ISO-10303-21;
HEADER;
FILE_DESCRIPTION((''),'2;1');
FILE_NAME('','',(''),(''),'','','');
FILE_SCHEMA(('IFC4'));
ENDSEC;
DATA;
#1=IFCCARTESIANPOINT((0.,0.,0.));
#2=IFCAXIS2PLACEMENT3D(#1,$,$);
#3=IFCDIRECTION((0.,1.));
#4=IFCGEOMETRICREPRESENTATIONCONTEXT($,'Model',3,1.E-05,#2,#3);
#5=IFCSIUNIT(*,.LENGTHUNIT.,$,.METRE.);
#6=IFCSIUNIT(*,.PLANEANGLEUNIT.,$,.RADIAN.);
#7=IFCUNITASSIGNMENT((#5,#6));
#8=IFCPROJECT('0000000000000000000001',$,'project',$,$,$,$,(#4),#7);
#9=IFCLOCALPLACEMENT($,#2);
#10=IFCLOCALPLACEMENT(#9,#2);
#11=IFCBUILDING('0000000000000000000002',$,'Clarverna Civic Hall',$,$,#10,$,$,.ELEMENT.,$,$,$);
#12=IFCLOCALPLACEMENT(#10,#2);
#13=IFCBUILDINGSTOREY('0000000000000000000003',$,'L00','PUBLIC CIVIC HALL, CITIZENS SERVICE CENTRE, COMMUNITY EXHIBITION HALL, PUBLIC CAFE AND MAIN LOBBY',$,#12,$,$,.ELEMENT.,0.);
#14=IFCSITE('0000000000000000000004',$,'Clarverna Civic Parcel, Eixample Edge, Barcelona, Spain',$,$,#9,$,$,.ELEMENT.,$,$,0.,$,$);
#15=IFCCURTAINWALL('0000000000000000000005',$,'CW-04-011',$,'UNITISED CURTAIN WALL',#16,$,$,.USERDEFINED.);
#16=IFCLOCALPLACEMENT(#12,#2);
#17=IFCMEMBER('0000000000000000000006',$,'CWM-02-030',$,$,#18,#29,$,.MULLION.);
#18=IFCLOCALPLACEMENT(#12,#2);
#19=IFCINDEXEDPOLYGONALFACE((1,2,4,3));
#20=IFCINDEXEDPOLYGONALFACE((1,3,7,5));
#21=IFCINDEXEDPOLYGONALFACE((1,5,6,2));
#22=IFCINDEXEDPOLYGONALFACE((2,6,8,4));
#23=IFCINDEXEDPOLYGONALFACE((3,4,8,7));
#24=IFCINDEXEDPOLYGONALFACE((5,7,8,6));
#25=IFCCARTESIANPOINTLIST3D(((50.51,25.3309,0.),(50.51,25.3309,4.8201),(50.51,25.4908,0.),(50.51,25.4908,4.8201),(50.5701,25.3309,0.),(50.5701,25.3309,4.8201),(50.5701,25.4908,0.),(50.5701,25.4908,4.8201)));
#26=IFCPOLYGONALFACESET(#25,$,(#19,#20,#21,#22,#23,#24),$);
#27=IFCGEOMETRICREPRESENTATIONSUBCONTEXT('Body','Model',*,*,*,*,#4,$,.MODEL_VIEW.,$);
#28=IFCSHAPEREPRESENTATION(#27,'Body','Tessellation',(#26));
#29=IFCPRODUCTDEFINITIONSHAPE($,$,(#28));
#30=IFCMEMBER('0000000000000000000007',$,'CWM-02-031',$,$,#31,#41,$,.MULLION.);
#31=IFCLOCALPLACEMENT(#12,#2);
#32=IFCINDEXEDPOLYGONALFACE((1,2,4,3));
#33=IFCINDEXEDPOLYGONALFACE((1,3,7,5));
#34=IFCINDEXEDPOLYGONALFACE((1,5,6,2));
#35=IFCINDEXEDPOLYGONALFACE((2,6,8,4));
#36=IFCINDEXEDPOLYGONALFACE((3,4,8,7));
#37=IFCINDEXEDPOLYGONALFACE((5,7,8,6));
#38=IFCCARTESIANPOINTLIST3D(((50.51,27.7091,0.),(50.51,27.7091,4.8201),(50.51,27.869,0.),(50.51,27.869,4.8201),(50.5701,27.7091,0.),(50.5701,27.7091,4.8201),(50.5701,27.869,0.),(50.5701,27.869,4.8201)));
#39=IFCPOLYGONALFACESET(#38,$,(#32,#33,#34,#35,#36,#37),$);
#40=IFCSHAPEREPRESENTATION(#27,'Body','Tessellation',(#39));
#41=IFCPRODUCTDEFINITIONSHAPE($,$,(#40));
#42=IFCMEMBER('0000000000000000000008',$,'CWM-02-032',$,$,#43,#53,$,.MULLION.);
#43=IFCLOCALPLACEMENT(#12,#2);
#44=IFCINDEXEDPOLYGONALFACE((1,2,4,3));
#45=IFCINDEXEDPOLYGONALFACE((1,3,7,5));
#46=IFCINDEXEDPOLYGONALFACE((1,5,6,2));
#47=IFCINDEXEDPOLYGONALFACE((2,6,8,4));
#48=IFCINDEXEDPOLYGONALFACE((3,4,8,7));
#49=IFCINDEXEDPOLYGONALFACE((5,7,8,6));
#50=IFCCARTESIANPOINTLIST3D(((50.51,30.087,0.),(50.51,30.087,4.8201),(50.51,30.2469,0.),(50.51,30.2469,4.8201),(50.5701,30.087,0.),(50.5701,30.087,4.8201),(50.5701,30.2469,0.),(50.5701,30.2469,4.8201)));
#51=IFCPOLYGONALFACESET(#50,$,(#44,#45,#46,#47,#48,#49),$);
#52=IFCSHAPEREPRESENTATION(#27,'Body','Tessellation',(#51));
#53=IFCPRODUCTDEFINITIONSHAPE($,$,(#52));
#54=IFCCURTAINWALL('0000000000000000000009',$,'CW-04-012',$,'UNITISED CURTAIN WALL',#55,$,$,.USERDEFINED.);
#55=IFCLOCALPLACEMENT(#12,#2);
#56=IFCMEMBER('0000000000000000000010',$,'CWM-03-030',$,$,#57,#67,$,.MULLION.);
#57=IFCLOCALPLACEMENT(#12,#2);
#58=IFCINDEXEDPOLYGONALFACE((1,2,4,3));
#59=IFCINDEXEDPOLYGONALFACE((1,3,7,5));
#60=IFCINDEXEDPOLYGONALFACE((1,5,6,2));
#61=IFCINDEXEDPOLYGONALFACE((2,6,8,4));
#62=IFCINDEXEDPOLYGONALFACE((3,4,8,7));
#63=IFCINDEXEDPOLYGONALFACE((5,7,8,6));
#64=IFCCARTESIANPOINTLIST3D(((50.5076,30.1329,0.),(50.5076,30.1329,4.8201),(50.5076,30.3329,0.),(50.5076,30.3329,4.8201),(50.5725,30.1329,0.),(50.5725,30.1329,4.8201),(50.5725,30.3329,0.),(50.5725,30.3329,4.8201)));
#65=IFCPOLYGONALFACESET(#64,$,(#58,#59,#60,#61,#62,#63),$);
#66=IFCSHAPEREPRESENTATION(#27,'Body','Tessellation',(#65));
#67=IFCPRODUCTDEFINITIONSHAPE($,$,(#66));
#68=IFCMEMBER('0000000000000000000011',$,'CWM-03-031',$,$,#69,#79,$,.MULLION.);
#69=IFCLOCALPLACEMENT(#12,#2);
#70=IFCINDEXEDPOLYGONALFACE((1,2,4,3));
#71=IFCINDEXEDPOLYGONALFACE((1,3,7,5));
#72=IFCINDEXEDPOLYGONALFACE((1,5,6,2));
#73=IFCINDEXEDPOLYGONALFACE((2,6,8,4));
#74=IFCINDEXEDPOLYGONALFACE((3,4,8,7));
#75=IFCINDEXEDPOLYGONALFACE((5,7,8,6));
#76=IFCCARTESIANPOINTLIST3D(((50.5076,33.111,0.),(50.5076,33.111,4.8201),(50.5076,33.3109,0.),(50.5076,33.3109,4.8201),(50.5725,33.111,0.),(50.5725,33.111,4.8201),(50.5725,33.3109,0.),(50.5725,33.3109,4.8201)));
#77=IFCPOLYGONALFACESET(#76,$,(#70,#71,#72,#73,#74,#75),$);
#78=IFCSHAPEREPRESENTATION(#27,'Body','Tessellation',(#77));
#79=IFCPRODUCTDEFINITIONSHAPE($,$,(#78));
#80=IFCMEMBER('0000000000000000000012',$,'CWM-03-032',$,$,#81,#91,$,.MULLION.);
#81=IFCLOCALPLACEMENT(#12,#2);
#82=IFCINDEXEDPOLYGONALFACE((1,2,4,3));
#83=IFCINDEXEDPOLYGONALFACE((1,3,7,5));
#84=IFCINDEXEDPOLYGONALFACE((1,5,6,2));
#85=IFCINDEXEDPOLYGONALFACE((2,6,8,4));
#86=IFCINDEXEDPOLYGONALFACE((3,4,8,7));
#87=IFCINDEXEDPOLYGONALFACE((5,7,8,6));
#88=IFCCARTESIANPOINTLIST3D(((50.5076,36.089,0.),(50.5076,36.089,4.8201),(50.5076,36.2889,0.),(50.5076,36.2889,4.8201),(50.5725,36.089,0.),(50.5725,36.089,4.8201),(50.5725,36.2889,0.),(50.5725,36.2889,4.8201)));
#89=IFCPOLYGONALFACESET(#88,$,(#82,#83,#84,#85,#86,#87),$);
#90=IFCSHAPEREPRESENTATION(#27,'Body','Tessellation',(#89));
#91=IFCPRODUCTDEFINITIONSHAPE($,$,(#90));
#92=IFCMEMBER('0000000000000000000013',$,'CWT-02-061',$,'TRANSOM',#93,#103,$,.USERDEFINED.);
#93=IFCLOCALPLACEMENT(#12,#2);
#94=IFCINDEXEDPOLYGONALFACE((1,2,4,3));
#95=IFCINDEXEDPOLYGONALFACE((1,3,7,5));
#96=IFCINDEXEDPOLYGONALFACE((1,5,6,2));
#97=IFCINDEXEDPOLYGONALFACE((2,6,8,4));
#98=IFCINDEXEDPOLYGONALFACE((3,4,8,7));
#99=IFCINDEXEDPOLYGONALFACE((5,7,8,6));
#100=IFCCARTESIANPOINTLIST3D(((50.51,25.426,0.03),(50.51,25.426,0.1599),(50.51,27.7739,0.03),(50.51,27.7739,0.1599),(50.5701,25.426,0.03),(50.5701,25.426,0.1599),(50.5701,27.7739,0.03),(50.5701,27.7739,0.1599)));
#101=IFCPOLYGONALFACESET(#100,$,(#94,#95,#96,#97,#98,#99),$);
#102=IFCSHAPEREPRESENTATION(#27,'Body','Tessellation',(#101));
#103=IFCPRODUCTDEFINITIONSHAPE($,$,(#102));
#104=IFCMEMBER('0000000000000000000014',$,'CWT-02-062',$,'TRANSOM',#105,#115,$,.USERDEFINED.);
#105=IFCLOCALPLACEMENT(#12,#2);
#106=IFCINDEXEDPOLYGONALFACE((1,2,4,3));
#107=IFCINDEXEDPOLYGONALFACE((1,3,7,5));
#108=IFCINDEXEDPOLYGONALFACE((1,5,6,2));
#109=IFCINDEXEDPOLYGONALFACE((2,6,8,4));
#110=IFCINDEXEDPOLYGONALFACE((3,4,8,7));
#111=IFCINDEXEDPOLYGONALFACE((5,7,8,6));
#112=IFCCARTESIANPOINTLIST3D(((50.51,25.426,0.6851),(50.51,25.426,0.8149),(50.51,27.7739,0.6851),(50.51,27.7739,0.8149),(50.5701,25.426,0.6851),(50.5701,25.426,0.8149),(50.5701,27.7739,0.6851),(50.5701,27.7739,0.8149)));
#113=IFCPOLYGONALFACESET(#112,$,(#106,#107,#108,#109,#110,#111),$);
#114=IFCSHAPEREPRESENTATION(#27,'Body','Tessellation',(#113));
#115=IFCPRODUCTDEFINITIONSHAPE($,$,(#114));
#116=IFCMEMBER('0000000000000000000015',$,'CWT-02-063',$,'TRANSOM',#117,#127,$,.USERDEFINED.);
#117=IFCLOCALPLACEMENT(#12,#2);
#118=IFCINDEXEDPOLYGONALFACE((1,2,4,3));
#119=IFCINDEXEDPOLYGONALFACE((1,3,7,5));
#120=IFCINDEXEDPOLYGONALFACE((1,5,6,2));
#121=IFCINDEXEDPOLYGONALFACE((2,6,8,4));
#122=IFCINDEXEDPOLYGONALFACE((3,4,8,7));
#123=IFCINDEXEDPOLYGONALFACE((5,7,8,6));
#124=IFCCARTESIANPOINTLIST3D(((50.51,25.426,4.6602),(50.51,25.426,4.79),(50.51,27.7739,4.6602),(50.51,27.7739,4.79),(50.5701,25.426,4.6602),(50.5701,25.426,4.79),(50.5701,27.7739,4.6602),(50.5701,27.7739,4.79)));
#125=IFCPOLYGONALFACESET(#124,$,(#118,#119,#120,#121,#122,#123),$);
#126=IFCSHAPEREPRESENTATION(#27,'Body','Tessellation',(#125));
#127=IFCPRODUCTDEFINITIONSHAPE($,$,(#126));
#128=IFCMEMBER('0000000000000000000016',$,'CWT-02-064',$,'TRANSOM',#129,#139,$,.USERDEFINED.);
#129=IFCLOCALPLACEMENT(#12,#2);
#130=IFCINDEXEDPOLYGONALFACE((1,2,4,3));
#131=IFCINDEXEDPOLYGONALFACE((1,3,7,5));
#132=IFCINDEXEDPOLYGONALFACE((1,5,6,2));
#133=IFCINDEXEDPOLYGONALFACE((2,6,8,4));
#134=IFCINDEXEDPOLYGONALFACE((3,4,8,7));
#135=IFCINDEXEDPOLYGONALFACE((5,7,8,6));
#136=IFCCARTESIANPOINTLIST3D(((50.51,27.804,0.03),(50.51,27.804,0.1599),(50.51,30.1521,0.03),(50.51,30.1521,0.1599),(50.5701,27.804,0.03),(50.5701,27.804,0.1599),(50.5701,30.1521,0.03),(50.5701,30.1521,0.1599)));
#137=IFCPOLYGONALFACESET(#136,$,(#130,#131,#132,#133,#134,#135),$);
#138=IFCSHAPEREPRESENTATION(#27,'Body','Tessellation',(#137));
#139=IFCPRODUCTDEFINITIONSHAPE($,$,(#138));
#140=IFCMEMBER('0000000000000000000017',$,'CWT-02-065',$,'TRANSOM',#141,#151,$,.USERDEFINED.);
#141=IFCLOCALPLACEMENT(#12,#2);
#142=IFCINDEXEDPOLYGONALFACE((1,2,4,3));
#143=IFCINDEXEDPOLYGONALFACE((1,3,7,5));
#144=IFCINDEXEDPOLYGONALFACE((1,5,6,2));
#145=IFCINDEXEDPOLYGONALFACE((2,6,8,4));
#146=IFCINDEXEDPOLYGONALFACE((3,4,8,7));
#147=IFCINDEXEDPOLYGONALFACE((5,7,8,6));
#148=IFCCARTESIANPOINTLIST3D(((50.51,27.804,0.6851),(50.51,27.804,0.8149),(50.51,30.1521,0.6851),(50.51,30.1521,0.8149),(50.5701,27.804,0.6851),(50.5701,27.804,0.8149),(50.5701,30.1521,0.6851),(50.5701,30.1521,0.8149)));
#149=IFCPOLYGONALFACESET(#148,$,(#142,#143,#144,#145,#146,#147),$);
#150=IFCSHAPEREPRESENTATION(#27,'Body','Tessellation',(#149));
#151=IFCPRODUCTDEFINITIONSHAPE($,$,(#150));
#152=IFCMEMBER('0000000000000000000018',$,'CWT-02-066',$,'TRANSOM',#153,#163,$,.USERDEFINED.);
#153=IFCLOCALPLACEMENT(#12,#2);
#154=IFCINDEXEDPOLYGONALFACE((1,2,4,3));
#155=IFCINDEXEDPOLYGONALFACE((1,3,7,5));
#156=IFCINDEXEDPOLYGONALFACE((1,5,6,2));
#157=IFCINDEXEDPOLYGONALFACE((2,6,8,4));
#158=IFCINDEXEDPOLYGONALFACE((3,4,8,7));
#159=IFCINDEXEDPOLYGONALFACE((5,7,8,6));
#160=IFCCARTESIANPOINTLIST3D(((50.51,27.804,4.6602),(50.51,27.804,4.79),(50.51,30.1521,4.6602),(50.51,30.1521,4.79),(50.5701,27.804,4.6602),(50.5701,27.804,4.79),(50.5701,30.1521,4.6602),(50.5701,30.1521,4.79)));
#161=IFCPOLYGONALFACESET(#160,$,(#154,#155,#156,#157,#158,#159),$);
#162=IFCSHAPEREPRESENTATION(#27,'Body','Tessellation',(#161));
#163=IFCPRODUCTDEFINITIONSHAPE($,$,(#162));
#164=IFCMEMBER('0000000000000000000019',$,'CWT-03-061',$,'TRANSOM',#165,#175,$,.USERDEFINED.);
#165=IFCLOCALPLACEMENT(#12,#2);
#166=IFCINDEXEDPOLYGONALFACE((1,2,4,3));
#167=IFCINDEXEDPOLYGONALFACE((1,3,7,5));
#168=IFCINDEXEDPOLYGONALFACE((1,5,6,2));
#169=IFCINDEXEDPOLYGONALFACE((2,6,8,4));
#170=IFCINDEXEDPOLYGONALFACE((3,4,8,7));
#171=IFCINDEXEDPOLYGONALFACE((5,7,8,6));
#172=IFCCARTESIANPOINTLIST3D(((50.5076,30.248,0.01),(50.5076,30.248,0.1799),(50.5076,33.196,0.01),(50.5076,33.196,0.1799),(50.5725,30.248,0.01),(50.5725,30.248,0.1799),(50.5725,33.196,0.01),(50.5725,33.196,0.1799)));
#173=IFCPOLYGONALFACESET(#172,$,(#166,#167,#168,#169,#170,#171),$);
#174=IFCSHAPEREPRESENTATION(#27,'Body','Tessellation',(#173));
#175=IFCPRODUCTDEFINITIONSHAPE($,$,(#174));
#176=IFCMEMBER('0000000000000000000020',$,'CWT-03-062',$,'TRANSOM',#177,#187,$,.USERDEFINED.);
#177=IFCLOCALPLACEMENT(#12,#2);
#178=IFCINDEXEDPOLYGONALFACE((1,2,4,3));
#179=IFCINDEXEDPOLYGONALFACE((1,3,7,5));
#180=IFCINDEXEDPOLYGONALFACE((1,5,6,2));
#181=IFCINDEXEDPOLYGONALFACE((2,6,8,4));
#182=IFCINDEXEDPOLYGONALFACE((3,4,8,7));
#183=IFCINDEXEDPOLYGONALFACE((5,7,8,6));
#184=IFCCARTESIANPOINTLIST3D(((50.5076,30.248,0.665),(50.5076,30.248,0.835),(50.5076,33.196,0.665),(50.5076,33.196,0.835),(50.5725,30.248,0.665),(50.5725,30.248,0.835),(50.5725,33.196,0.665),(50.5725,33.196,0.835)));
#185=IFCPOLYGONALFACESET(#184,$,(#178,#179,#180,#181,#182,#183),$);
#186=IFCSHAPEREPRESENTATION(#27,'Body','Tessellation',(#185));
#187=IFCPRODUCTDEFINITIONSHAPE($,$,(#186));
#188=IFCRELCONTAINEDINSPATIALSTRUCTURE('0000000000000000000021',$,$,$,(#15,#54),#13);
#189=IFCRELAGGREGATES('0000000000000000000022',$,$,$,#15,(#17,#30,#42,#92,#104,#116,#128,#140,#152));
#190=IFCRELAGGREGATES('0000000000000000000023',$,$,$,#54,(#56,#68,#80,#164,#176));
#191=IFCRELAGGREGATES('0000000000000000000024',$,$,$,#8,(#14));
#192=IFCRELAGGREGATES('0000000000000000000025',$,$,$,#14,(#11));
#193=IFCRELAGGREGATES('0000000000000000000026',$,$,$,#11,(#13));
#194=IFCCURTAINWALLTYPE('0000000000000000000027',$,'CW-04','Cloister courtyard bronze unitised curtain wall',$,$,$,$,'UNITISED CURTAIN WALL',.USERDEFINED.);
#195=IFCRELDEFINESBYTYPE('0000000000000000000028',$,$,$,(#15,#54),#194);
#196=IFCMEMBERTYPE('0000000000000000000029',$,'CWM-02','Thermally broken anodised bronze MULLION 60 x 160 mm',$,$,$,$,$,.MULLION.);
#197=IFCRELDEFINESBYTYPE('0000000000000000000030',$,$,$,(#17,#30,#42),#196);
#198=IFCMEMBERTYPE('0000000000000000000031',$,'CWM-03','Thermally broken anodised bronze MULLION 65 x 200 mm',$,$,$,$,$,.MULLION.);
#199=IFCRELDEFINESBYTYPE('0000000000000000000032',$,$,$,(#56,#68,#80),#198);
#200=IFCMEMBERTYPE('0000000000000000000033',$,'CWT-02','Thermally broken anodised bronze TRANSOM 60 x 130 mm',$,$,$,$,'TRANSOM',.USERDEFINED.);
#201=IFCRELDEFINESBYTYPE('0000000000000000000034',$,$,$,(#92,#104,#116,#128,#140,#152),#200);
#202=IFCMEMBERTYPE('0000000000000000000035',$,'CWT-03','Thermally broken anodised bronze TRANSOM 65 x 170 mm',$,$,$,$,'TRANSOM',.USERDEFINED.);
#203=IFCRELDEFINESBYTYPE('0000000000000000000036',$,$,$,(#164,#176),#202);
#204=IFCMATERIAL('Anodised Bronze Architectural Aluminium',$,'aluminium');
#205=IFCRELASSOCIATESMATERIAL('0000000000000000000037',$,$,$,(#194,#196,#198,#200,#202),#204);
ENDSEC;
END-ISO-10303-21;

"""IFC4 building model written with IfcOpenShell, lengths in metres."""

from ifc_helpers import new_model, si_unit, direction, frame, origin, origin_2d, place, context, subcontext, project, spatial, rectangle, extrude, material, material_profile, profile_set, type_object, element, aggregate, save


model = new_model("IFC4")

# Units and contexts
model_context = context("Model", 3, precision=1e-05, world=origin(), true_north=direction((0.0, 1.0)))
body_context = subcontext(model_context, "Body", "Model", "MODEL_VIEW")
ifc_project = project(units=[si_unit("LENGTHUNIT", "METRE"), si_unit("PLANEANGLEUNIT", "RADIAN")], contexts=[model_context])

# Site, building, storey
site_placement = place(None, origin())
site = spatial("IfcSite", under=ifc_project, at=site_placement, Name="Clarverna Civic Parcel, Eixample Edge, Barcelona, Spain", CompositionType="ELEMENT", RefElevation=0.0)
building_placement = place(site_placement, origin())
building = spatial("IfcBuilding", under=site, at=building_placement, Name="Clarverna Civic Hall", CompositionType="ELEMENT")
storey_placement = place(building_placement, origin())
storey = spatial("IfcBuildingStorey", under=building, at=storey_placement, Name="L00", Description="PUBLIC CIVIC HALL, CITIZENS SERVICE CENTRE, COMMUNITY EXHIBITION HALL, PUBLIC CAFE AND MAIN LOBBY", CompositionType="ELEMENT", Elevation=0.0)

# Curtain walls, members
ifc_material_1 = material(Name="Anodised Bronze Architectural Aluminium", Category="aluminium")
curtain_wall_type = type_object("IfcCurtainWallType", Name="CW-04", Description="Cloister courtyard bronze unitised curtain wall", ElementType="UNITISED CURTAIN WALL", PredefinedType="USERDEFINED", material=ifc_material_1)
curtain_wall_1_placement = place(storey_placement, origin())
curtain_wall_1 = element("IfcCurtainWall", 1, at=curtain_wall_1_placement, inside=storey, type_object=curtain_wall_type, Name="CW-04-011", ObjectType="UNITISED CURTAIN WALL", PredefinedType="USERDEFINED")
ifc_material_profile_1 = material_profile(ifc_material_1, rectangle(XDim=0.0601, YDim=0.1599, at=origin_2d()), Name="BRONZE 60x160")
ifc_profile_set_1 = profile_set([ifc_material_profile_1], Name="Anodised Bronze Architectural Aluminium")
member_type_1 = type_object("IfcMemberType", Name="CWM-02", Description="Thermally broken anodised bronze MULLION 60 x 160 mm", PredefinedType="MULLION", material=ifc_profile_set_1)
member_1_placement = place(storey_placement, frame((50.54, 25.4109, 0.0), z_axis=(0.0, 0.0, 1.0), x_axis=(1.0, 0.0, 0.0)))
member_1 = element("IfcMember", 2, at=member_1_placement, type_object=member_type_1, Name="CWM-02-030", PredefinedType="MULLION", context=body_context, shape_type="SweptSolid", body=[
    extrude(rectangle(XDim=0.0601, YDim=0.1599, at=origin_2d()), origin(), (0.0, 0.0, 1.0), 4.8201),
])
member_2_placement = place(storey_placement, frame((50.54, 27.7891, 0.0), z_axis=(0.0, 0.0, 1.0), x_axis=(1.0, 0.0, 0.0)))
member_2 = element("IfcMember", 3, at=member_2_placement, type_object=member_type_1, Name="CWM-02-031", PredefinedType="MULLION", context=body_context, shape_type="SweptSolid", body=[
    extrude(rectangle(XDim=0.0601, YDim=0.1599, at=origin_2d()), origin(), (0.0, 0.0, 1.0), 4.8201),
])
member_3_placement = place(storey_placement, frame((50.54, 30.167, 0.0), z_axis=(0.0, 0.0, 1.0), x_axis=(1.0, 0.0, 0.0)))
member_3 = element("IfcMember", 4, at=member_3_placement, type_object=member_type_1, Name="CWM-02-032", PredefinedType="MULLION", context=body_context, shape_type="SweptSolid", body=[
    extrude(rectangle(XDim=0.0601, YDim=0.1599, at=origin_2d()), origin(), (0.0, 0.0, 1.0), 4.8201),
])
curtain_wall_2_placement = place(storey_placement, origin())
curtain_wall_2 = element("IfcCurtainWall", 5, at=curtain_wall_2_placement, inside=storey, type_object=curtain_wall_type, Name="CW-04-012", ObjectType="UNITISED CURTAIN WALL", PredefinedType="USERDEFINED")
ifc_material_profile_2 = material_profile(ifc_material_1, rectangle(XDim=0.0649, YDim=0.2, at=origin_2d()), Name="BRONZE 65x200")
ifc_profile_set_2 = profile_set([ifc_material_profile_2], Name="Anodised Bronze Architectural Aluminium")
member_type_2 = type_object("IfcMemberType", Name="CWM-03", Description="Thermally broken anodised bronze MULLION 65 x 200 mm", PredefinedType="MULLION", material=ifc_profile_set_2)
member_4_placement = place(storey_placement, frame((50.54, 30.2329, 0.0), z_axis=(0.0, 0.0, 1.0), x_axis=(1.0, 0.0, 0.0)))
member_4 = element("IfcMember", 6, at=member_4_placement, type_object=member_type_2, Name="CWM-03-030", PredefinedType="MULLION", context=body_context, shape_type="SweptSolid", body=[
    extrude(rectangle(XDim=0.0649, YDim=0.2, at=origin_2d()), origin(), (0.0, 0.0, 1.0), 4.8201),
])
member_5_placement = place(storey_placement, frame((50.54, 33.2109, 0.0), z_axis=(0.0, 0.0, 1.0), x_axis=(1.0, 0.0, 0.0)))
member_5 = element("IfcMember", 7, at=member_5_placement, type_object=member_type_2, Name="CWM-03-031", PredefinedType="MULLION", context=body_context, shape_type="SweptSolid", body=[
    extrude(rectangle(XDim=0.0649, YDim=0.2, at=origin_2d()), origin(), (0.0, 0.0, 1.0), 4.8201),
])
member_6_placement = place(storey_placement, frame((50.54, 36.189, 0.0), z_axis=(0.0, 0.0, 1.0), x_axis=(1.0, 0.0, 0.0)))
member_6 = element("IfcMember", 8, at=member_6_placement, type_object=member_type_2, Name="CWM-03-032", PredefinedType="MULLION", context=body_context, shape_type="SweptSolid", body=[
    extrude(rectangle(XDim=0.0649, YDim=0.2, at=origin_2d()), origin(), (0.0, 0.0, 1.0), 4.8201),
])

# Members
ifc_material_profile_3 = material_profile(ifc_material_1, rectangle(XDim=0.0601, YDim=0.1299, at=origin_2d()), Name="BRONZE 60x130")
ifc_profile_set_3 = profile_set([ifc_material_profile_3], Name="Anodised Bronze Architectural Aluminium")
member_type_3 = type_object("IfcMemberType", Name="CWT-02", Description="Thermally broken anodised bronze TRANSOM 60 x 130 mm", ElementType="TRANSOM", PredefinedType="USERDEFINED", material=ifc_profile_set_3)
member_7_placement = place(storey_placement, frame((50.54, 25.426, 0.095), z_axis=(0.0, 1.0, 0.0), x_axis=(-1.0, 0.0, 0.0)))
member_7 = element("IfcMember", 9, at=member_7_placement, type_object=member_type_3, Name="CWT-02-061", ObjectType="TRANSOM", PredefinedType="USERDEFINED", context=body_context, shape_type="SweptSolid", body=[
    extrude(rectangle(XDim=0.0601, YDim=0.1299, at=origin_2d()), origin(), (0.0, 0.0, 1.0), 2.3479),
])
member_8_placement = place(storey_placement, frame((50.54, 25.426, 0.75), z_axis=(0.0, 1.0, 0.0), x_axis=(-1.0, 0.0, 0.0)))
member_8 = element("IfcMember", 10, at=member_8_placement, type_object=member_type_3, Name="CWT-02-062", ObjectType="TRANSOM", PredefinedType="USERDEFINED", context=body_context, shape_type="SweptSolid", body=[
    extrude(rectangle(XDim=0.0601, YDim=0.1299, at=origin_2d()), origin(), (0.0, 0.0, 1.0), 2.3479),
])
member_9_placement = place(storey_placement, frame((50.54, 25.426, 4.7251), z_axis=(0.0, 1.0, 0.0), x_axis=(-1.0, 0.0, 0.0)))
member_9 = element("IfcMember", 11, at=member_9_placement, type_object=member_type_3, Name="CWT-02-063", ObjectType="TRANSOM", PredefinedType="USERDEFINED", context=body_context, shape_type="SweptSolid", body=[
    extrude(rectangle(XDim=0.0601, YDim=0.1299, at=origin_2d()), origin(), (0.0, 0.0, 1.0), 2.3479),
])
member_10_placement = place(storey_placement, frame((50.54, 27.804, 0.095), z_axis=(0.0, 1.0, 0.0), x_axis=(-1.0, 0.0, 0.0)))
member_10 = element("IfcMember", 12, at=member_10_placement, type_object=member_type_3, Name="CWT-02-064", ObjectType="TRANSOM", PredefinedType="USERDEFINED", context=body_context, shape_type="SweptSolid", body=[
    extrude(rectangle(XDim=0.0601, YDim=0.1299, at=origin_2d()), origin(), (0.0, 0.0, 1.0), 2.3481),
])
member_11_placement = place(storey_placement, frame((50.54, 27.804, 0.75), z_axis=(0.0, 1.0, 0.0), x_axis=(-1.0, 0.0, 0.0)))
member_11 = element("IfcMember", 13, at=member_11_placement, type_object=member_type_3, Name="CWT-02-065", ObjectType="TRANSOM", PredefinedType="USERDEFINED", context=body_context, shape_type="SweptSolid", body=[
    extrude(rectangle(XDim=0.0601, YDim=0.1299, at=origin_2d()), origin(), (0.0, 0.0, 1.0), 2.3481),
])
member_12_placement = place(storey_placement, frame((50.54, 27.804, 4.7251), z_axis=(0.0, 1.0, 0.0), x_axis=(-1.0, 0.0, 0.0)))
member_12 = element("IfcMember", 14, at=member_12_placement, type_object=member_type_3, Name="CWT-02-066", ObjectType="TRANSOM", PredefinedType="USERDEFINED", context=body_context, shape_type="SweptSolid", body=[
    extrude(rectangle(XDim=0.0601, YDim=0.1299, at=origin_2d()), origin(), (0.0, 0.0, 1.0), 2.3481),
])
ifc_material_profile_4 = material_profile(ifc_material_1, rectangle(XDim=0.0649, YDim=0.1699, at=origin_2d()), Name="BRONZE 65x170")
ifc_profile_set_4 = profile_set([ifc_material_profile_4], Name="Anodised Bronze Architectural Aluminium")
member_type_4 = type_object("IfcMemberType", Name="CWT-03", Description="Thermally broken anodised bronze TRANSOM 65 x 170 mm", ElementType="TRANSOM", PredefinedType="USERDEFINED", material=ifc_profile_set_4)
member_13_placement = place(storey_placement, frame((50.54, 30.248, 0.095), z_axis=(0.0, 1.0, 0.0), x_axis=(-1.0, 0.0, 0.0)))
member_13 = element("IfcMember", 15, at=member_13_placement, type_object=member_type_4, Name="CWT-03-061", ObjectType="TRANSOM", PredefinedType="USERDEFINED", context=body_context, shape_type="SweptSolid", body=[
    extrude(rectangle(XDim=0.0649, YDim=0.1699, at=origin_2d()), origin(), (0.0, 0.0, 1.0), 2.948),
])
member_14_placement = place(storey_placement, frame((50.54, 30.248, 0.75), z_axis=(0.0, 1.0, 0.0), x_axis=(-1.0, 0.0, 0.0)))
member_14 = element("IfcMember", 16, at=member_14_placement, type_object=member_type_4, Name="CWT-03-062", ObjectType="TRANSOM", PredefinedType="USERDEFINED", context=body_context, shape_type="SweptSolid", body=[
    extrude(rectangle(XDim=0.0649, YDim=0.1699, at=origin_2d()), origin(), (0.0, 0.0, 1.0), 2.948),
])

aggregate(curtain_wall_1, [member_1, member_2, member_3, member_7, member_8, member_9, member_10, member_11, member_12])
aggregate(curtain_wall_2, [member_4, member_5, member_6, member_13, member_14])

save(model, "model.ifc")
